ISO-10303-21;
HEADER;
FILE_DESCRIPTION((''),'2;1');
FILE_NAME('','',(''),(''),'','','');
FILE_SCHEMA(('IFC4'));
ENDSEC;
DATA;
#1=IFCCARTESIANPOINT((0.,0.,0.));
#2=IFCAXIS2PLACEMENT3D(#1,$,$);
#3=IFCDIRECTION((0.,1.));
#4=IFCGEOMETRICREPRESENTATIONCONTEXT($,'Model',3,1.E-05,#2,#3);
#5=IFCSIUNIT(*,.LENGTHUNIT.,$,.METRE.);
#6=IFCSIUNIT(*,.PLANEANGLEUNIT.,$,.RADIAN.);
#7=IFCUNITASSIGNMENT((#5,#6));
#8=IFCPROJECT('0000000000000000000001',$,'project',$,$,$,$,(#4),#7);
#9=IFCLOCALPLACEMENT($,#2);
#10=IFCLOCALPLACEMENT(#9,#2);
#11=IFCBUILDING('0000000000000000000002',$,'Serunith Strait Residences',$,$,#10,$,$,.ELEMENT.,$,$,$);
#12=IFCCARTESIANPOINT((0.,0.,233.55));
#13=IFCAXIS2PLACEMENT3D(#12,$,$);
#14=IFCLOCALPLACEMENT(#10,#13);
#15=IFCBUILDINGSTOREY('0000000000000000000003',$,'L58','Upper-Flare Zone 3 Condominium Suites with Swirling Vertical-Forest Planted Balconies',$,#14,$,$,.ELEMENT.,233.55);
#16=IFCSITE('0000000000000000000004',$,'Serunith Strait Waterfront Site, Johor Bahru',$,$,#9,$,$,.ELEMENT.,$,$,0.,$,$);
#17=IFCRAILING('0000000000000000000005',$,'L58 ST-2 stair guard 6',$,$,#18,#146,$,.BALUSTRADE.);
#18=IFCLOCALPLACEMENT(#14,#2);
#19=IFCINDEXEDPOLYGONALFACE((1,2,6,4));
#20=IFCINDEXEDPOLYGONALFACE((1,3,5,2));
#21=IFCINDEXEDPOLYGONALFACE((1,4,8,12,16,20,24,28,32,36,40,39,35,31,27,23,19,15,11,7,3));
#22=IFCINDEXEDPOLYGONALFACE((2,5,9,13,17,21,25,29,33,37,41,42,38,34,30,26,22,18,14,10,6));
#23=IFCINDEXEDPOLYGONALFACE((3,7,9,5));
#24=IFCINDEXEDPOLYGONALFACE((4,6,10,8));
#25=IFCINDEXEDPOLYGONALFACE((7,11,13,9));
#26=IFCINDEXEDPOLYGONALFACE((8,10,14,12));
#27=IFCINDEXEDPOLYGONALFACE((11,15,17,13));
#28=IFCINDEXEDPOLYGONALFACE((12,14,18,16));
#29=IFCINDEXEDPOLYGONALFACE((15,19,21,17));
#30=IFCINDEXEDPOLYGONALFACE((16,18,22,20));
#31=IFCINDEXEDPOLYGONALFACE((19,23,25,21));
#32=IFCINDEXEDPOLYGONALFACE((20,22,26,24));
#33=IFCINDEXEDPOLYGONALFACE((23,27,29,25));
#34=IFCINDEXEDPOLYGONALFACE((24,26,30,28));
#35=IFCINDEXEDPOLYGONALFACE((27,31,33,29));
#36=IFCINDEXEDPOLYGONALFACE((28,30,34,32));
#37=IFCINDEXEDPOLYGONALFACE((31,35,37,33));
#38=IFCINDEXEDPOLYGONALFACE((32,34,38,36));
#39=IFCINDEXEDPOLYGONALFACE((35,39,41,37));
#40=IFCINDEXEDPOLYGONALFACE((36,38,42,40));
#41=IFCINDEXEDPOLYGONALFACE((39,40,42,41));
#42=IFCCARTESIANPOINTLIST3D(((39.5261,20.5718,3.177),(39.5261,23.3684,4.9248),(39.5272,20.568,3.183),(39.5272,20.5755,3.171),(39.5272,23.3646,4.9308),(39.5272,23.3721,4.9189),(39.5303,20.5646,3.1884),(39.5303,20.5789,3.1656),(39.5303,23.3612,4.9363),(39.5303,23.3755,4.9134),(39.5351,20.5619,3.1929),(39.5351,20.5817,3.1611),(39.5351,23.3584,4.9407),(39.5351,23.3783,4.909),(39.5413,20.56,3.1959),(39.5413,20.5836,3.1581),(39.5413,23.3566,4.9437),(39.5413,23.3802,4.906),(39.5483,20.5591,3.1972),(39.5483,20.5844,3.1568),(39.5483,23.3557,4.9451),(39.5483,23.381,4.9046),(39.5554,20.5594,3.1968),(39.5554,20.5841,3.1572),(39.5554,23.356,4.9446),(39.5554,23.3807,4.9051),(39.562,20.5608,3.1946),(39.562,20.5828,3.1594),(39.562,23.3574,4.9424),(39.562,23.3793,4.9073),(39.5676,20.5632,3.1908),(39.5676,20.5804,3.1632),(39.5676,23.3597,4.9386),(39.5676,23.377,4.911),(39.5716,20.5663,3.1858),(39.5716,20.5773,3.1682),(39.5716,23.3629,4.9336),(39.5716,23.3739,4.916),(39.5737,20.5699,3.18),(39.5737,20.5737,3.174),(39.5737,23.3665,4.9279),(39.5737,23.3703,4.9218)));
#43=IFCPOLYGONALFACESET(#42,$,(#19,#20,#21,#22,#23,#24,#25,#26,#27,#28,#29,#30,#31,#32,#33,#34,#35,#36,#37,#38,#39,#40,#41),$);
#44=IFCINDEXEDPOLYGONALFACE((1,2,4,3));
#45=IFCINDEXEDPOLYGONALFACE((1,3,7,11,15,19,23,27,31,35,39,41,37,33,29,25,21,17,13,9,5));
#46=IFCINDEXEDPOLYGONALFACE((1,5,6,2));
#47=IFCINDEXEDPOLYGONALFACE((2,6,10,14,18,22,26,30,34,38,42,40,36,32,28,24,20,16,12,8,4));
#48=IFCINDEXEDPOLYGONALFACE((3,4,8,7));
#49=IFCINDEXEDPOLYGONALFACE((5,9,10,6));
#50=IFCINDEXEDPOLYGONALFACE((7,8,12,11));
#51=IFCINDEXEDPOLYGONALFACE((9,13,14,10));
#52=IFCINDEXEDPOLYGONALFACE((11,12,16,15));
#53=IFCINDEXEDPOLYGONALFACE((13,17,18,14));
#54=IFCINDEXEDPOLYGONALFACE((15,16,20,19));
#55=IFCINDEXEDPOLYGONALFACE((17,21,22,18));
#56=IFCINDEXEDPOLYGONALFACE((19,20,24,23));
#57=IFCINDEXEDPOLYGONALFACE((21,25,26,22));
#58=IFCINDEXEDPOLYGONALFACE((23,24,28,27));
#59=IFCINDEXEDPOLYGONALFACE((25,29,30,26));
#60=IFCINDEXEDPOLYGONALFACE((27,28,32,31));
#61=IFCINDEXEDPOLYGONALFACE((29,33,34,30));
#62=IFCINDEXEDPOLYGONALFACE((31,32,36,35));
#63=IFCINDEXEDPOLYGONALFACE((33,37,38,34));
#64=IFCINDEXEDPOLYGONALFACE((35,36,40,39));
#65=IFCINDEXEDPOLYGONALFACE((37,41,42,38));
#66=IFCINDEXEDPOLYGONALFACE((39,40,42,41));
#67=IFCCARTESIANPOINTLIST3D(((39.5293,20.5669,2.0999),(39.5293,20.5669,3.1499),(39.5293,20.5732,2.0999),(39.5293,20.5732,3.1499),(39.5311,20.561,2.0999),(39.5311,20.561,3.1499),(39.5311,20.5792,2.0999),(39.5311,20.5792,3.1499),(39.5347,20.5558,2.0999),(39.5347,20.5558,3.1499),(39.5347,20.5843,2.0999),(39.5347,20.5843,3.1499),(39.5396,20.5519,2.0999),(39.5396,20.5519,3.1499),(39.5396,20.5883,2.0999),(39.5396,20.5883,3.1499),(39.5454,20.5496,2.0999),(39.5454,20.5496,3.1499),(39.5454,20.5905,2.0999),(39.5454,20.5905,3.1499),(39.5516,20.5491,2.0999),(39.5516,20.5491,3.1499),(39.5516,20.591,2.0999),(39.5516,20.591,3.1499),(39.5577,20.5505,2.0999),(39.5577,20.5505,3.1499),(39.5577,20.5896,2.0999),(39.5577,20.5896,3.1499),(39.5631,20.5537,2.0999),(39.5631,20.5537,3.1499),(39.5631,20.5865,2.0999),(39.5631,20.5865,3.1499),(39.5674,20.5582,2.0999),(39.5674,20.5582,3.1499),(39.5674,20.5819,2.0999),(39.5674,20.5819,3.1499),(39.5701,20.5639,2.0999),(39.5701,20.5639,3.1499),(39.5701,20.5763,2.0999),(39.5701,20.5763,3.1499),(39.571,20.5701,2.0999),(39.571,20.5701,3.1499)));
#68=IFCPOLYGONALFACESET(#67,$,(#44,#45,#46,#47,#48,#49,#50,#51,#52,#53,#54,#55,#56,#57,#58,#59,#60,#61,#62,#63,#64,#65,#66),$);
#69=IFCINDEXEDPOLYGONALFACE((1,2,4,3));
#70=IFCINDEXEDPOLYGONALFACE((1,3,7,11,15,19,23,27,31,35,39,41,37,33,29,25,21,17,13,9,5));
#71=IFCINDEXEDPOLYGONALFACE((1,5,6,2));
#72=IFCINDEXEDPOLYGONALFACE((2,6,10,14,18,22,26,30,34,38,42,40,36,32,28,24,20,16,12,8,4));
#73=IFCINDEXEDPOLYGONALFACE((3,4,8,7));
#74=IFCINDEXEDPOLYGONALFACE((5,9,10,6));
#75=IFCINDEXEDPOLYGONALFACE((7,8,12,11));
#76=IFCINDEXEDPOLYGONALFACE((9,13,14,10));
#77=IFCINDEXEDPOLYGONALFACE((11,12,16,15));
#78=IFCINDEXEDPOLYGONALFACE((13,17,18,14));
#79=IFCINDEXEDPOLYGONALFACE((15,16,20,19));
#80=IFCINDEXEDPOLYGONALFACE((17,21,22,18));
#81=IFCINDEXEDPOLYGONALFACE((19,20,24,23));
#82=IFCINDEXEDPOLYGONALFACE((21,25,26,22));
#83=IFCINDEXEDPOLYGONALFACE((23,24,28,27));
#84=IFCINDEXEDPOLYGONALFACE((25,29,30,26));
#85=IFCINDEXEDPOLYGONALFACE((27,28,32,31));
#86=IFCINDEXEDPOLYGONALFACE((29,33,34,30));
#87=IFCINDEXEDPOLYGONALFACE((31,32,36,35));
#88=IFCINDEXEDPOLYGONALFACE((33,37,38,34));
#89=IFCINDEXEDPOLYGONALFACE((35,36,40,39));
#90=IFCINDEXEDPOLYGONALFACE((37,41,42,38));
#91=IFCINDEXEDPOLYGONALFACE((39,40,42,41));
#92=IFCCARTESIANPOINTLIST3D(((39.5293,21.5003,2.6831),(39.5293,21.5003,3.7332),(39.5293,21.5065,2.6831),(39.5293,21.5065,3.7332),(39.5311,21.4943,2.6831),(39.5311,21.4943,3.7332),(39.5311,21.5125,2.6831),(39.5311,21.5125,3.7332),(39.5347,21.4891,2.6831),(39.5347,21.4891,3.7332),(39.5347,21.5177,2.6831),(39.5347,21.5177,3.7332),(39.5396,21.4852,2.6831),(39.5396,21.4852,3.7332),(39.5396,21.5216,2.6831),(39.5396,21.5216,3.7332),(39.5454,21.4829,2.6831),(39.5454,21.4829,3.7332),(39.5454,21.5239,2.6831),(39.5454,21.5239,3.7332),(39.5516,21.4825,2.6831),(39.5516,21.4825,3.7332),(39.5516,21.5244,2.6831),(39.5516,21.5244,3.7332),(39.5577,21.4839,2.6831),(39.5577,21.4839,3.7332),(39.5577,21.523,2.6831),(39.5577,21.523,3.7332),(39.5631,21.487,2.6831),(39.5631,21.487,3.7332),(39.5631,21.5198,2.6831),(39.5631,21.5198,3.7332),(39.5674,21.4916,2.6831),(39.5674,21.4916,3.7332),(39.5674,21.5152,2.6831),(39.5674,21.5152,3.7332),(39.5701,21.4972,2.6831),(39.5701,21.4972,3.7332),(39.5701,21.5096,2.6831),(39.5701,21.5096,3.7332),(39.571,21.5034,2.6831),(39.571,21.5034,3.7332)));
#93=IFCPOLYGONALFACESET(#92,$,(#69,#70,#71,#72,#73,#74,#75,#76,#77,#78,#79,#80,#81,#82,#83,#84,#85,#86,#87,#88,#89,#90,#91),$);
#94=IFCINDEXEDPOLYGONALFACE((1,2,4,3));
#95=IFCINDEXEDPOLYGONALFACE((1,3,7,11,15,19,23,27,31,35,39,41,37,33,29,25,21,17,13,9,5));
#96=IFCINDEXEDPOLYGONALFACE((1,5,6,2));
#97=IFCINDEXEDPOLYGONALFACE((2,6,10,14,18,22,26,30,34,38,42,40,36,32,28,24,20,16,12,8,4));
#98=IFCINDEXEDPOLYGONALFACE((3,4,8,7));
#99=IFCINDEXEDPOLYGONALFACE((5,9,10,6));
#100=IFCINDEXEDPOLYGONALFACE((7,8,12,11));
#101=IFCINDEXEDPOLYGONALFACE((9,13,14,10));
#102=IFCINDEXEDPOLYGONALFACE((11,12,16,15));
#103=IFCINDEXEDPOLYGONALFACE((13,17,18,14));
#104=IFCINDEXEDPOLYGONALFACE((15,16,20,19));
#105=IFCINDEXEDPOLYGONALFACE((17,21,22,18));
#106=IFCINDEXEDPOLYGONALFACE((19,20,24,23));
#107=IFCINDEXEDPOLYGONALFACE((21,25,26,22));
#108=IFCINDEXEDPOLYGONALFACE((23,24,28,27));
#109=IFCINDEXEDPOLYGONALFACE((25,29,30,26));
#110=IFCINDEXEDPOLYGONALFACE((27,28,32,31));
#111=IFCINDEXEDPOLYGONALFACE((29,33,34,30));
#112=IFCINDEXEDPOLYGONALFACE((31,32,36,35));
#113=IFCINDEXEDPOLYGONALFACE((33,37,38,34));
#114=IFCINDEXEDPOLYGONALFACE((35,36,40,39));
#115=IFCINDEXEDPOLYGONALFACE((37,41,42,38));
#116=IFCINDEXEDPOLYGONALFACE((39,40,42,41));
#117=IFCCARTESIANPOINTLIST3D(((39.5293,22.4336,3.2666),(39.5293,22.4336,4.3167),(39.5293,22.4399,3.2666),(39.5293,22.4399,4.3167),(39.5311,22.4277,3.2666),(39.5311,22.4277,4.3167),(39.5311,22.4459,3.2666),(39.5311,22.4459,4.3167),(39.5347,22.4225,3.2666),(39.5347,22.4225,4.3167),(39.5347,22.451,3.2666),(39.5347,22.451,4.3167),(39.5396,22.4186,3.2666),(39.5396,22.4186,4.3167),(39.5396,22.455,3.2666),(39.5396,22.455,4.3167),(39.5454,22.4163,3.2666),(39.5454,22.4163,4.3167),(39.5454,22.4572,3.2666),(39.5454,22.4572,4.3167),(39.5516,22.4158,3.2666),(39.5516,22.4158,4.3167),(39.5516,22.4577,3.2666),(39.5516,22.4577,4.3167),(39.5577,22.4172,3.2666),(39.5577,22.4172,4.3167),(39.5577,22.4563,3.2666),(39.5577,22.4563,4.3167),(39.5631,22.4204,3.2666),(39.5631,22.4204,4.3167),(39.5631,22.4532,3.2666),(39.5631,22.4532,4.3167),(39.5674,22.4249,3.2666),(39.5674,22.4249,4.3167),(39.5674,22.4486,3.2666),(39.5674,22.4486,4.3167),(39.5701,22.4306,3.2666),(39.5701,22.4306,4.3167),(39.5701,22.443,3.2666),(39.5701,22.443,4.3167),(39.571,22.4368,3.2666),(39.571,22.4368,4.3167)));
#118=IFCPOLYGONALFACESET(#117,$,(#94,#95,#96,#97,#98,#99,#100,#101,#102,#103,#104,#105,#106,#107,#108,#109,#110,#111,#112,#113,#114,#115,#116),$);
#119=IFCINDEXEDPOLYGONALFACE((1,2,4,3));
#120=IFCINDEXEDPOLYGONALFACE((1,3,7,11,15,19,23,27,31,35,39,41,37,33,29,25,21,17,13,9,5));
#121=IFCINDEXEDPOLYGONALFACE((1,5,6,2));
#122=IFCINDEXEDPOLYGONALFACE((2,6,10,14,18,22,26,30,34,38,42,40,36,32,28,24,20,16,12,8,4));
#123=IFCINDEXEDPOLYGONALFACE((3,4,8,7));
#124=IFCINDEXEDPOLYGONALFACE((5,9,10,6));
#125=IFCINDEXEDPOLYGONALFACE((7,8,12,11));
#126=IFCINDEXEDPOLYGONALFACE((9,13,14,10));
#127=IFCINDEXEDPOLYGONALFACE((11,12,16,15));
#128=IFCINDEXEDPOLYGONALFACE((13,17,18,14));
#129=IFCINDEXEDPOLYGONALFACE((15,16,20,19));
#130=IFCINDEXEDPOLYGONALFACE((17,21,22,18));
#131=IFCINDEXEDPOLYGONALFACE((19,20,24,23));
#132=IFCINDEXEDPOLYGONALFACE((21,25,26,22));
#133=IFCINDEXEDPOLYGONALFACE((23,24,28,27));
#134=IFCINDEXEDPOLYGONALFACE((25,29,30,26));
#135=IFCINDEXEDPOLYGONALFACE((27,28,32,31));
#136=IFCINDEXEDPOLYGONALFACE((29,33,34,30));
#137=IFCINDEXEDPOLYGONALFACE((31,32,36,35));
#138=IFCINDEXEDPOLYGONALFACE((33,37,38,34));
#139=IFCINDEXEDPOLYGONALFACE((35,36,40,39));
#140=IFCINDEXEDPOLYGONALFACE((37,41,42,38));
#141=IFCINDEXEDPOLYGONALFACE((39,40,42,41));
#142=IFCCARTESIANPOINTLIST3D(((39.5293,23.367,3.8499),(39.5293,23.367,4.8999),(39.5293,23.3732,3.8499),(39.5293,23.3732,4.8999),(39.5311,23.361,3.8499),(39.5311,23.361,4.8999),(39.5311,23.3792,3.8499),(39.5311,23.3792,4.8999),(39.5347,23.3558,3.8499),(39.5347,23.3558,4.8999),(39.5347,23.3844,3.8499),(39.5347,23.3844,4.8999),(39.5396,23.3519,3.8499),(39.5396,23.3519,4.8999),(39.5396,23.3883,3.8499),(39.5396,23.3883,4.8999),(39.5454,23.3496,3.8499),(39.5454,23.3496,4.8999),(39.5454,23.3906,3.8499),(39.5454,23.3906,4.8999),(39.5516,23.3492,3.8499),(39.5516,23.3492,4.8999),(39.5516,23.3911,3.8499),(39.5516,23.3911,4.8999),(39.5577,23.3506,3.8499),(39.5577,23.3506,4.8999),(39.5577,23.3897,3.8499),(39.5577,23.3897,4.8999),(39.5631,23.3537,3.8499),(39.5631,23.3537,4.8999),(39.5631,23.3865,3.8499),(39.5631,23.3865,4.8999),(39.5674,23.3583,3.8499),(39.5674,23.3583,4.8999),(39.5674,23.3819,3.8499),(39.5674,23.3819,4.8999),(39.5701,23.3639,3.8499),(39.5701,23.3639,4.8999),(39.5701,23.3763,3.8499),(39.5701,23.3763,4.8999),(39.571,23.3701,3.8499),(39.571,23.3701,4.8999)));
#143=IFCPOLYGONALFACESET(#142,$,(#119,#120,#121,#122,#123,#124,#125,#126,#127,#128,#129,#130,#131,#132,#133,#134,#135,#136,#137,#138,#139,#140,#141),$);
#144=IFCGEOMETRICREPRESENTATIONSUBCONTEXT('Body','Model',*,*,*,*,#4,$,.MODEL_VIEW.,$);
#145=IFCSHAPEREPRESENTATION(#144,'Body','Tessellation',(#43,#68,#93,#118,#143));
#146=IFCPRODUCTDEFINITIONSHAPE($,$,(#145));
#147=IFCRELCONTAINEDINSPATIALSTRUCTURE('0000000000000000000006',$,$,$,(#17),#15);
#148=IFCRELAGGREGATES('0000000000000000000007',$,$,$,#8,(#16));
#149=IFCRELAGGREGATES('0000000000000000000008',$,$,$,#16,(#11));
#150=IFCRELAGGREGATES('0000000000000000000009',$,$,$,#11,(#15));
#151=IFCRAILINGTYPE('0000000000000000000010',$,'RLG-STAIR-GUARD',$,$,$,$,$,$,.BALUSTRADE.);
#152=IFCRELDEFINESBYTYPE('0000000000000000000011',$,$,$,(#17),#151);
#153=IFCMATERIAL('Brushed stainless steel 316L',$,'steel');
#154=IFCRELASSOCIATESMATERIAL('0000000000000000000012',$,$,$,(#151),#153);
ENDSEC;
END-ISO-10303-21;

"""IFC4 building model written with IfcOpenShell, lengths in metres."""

from ifc_helpers import new_model, si_unit, direction, frame, origin, origin_2d, place, context, subcontext, project, spatial, circle, extrude, material, type_object, element, save


model = new_model("IFC4")

# Units and contexts
model_context = context("Model", 3, precision=1e-05, world=origin(), true_north=direction((0.0, 1.0)))
body_context = subcontext(model_context, "Body", "Model", "MODEL_VIEW")
ifc_project = project(units=[si_unit("LENGTHUNIT", "METRE"), si_unit("PLANEANGLEUNIT", "RADIAN")], contexts=[model_context])

# Site, building, storey
site_placement = place(None, origin())
site = spatial("IfcSite", under=ifc_project, at=site_placement, Name="Serunith Strait Waterfront Site, Johor Bahru", CompositionType="ELEMENT", RefElevation=0.0)
building_placement = place(site_placement, origin())
building = spatial("IfcBuilding", under=site, at=building_placement, Name="Serunith Strait Residences", CompositionType="ELEMENT")
storey_placement = place(building_placement, frame((0.0, 0.0, 233.55)))
storey = spatial("IfcBuildingStorey", under=building, at=storey_placement, Name="L58", Description="Upper-Flare Zone 3 Condominium Suites with Swirling Vertical-Forest Planted Balconies", CompositionType="ELEMENT", Elevation=233.55)

# Railing
ifc_material_1 = material(Name="Brushed stainless steel 316L", Category="steel")
railing_type_1 = type_object("IfcRailingType", Name="RLG-STAIR-GUARD", PredefinedType="BALUSTRADE", material=ifc_material_1)
railing_1_placement = place(storey_placement, frame((39.55, 20.5701, 2.0999)))
element("IfcRailing", 1, at=railing_1_placement, inside=storey, type_object=railing_type_1, Name="L58 ST-2 stair guard 6", PredefinedType="BALUSTRADE", context=body_context, shape_type="SweptSolid", body=[
    extrude(circle(Radius=0.0239, at=origin_2d()), frame((0.0, 0.0017, 1.0771), z_axis=(0.0, 0.848002, 0.529992), x_axis=(-1.0, 0.0, 0.0)), (0.0, 0.0, 1.0), 3.2979),
    extrude(circle(Radius=0.021, at=origin_2d()), origin(), (0.0, 0.0, 1.0), 1.05),
    extrude(circle(Radius=0.021, at=origin_2d()), frame((0.0, 0.9333, 0.5833)), (0.0, 0.0, 1.0), 1.05),
    extrude(circle(Radius=0.021, at=origin_2d()), frame((0.0, 1.8667, 1.1667)), (0.0, 0.0, 1.0), 1.05),
    extrude(circle(Radius=0.021, at=origin_2d()), frame((0.0, 2.8, 1.75)), (0.0, 0.0, 1.0), 1.05),
])

save(model, "model.ifc")
